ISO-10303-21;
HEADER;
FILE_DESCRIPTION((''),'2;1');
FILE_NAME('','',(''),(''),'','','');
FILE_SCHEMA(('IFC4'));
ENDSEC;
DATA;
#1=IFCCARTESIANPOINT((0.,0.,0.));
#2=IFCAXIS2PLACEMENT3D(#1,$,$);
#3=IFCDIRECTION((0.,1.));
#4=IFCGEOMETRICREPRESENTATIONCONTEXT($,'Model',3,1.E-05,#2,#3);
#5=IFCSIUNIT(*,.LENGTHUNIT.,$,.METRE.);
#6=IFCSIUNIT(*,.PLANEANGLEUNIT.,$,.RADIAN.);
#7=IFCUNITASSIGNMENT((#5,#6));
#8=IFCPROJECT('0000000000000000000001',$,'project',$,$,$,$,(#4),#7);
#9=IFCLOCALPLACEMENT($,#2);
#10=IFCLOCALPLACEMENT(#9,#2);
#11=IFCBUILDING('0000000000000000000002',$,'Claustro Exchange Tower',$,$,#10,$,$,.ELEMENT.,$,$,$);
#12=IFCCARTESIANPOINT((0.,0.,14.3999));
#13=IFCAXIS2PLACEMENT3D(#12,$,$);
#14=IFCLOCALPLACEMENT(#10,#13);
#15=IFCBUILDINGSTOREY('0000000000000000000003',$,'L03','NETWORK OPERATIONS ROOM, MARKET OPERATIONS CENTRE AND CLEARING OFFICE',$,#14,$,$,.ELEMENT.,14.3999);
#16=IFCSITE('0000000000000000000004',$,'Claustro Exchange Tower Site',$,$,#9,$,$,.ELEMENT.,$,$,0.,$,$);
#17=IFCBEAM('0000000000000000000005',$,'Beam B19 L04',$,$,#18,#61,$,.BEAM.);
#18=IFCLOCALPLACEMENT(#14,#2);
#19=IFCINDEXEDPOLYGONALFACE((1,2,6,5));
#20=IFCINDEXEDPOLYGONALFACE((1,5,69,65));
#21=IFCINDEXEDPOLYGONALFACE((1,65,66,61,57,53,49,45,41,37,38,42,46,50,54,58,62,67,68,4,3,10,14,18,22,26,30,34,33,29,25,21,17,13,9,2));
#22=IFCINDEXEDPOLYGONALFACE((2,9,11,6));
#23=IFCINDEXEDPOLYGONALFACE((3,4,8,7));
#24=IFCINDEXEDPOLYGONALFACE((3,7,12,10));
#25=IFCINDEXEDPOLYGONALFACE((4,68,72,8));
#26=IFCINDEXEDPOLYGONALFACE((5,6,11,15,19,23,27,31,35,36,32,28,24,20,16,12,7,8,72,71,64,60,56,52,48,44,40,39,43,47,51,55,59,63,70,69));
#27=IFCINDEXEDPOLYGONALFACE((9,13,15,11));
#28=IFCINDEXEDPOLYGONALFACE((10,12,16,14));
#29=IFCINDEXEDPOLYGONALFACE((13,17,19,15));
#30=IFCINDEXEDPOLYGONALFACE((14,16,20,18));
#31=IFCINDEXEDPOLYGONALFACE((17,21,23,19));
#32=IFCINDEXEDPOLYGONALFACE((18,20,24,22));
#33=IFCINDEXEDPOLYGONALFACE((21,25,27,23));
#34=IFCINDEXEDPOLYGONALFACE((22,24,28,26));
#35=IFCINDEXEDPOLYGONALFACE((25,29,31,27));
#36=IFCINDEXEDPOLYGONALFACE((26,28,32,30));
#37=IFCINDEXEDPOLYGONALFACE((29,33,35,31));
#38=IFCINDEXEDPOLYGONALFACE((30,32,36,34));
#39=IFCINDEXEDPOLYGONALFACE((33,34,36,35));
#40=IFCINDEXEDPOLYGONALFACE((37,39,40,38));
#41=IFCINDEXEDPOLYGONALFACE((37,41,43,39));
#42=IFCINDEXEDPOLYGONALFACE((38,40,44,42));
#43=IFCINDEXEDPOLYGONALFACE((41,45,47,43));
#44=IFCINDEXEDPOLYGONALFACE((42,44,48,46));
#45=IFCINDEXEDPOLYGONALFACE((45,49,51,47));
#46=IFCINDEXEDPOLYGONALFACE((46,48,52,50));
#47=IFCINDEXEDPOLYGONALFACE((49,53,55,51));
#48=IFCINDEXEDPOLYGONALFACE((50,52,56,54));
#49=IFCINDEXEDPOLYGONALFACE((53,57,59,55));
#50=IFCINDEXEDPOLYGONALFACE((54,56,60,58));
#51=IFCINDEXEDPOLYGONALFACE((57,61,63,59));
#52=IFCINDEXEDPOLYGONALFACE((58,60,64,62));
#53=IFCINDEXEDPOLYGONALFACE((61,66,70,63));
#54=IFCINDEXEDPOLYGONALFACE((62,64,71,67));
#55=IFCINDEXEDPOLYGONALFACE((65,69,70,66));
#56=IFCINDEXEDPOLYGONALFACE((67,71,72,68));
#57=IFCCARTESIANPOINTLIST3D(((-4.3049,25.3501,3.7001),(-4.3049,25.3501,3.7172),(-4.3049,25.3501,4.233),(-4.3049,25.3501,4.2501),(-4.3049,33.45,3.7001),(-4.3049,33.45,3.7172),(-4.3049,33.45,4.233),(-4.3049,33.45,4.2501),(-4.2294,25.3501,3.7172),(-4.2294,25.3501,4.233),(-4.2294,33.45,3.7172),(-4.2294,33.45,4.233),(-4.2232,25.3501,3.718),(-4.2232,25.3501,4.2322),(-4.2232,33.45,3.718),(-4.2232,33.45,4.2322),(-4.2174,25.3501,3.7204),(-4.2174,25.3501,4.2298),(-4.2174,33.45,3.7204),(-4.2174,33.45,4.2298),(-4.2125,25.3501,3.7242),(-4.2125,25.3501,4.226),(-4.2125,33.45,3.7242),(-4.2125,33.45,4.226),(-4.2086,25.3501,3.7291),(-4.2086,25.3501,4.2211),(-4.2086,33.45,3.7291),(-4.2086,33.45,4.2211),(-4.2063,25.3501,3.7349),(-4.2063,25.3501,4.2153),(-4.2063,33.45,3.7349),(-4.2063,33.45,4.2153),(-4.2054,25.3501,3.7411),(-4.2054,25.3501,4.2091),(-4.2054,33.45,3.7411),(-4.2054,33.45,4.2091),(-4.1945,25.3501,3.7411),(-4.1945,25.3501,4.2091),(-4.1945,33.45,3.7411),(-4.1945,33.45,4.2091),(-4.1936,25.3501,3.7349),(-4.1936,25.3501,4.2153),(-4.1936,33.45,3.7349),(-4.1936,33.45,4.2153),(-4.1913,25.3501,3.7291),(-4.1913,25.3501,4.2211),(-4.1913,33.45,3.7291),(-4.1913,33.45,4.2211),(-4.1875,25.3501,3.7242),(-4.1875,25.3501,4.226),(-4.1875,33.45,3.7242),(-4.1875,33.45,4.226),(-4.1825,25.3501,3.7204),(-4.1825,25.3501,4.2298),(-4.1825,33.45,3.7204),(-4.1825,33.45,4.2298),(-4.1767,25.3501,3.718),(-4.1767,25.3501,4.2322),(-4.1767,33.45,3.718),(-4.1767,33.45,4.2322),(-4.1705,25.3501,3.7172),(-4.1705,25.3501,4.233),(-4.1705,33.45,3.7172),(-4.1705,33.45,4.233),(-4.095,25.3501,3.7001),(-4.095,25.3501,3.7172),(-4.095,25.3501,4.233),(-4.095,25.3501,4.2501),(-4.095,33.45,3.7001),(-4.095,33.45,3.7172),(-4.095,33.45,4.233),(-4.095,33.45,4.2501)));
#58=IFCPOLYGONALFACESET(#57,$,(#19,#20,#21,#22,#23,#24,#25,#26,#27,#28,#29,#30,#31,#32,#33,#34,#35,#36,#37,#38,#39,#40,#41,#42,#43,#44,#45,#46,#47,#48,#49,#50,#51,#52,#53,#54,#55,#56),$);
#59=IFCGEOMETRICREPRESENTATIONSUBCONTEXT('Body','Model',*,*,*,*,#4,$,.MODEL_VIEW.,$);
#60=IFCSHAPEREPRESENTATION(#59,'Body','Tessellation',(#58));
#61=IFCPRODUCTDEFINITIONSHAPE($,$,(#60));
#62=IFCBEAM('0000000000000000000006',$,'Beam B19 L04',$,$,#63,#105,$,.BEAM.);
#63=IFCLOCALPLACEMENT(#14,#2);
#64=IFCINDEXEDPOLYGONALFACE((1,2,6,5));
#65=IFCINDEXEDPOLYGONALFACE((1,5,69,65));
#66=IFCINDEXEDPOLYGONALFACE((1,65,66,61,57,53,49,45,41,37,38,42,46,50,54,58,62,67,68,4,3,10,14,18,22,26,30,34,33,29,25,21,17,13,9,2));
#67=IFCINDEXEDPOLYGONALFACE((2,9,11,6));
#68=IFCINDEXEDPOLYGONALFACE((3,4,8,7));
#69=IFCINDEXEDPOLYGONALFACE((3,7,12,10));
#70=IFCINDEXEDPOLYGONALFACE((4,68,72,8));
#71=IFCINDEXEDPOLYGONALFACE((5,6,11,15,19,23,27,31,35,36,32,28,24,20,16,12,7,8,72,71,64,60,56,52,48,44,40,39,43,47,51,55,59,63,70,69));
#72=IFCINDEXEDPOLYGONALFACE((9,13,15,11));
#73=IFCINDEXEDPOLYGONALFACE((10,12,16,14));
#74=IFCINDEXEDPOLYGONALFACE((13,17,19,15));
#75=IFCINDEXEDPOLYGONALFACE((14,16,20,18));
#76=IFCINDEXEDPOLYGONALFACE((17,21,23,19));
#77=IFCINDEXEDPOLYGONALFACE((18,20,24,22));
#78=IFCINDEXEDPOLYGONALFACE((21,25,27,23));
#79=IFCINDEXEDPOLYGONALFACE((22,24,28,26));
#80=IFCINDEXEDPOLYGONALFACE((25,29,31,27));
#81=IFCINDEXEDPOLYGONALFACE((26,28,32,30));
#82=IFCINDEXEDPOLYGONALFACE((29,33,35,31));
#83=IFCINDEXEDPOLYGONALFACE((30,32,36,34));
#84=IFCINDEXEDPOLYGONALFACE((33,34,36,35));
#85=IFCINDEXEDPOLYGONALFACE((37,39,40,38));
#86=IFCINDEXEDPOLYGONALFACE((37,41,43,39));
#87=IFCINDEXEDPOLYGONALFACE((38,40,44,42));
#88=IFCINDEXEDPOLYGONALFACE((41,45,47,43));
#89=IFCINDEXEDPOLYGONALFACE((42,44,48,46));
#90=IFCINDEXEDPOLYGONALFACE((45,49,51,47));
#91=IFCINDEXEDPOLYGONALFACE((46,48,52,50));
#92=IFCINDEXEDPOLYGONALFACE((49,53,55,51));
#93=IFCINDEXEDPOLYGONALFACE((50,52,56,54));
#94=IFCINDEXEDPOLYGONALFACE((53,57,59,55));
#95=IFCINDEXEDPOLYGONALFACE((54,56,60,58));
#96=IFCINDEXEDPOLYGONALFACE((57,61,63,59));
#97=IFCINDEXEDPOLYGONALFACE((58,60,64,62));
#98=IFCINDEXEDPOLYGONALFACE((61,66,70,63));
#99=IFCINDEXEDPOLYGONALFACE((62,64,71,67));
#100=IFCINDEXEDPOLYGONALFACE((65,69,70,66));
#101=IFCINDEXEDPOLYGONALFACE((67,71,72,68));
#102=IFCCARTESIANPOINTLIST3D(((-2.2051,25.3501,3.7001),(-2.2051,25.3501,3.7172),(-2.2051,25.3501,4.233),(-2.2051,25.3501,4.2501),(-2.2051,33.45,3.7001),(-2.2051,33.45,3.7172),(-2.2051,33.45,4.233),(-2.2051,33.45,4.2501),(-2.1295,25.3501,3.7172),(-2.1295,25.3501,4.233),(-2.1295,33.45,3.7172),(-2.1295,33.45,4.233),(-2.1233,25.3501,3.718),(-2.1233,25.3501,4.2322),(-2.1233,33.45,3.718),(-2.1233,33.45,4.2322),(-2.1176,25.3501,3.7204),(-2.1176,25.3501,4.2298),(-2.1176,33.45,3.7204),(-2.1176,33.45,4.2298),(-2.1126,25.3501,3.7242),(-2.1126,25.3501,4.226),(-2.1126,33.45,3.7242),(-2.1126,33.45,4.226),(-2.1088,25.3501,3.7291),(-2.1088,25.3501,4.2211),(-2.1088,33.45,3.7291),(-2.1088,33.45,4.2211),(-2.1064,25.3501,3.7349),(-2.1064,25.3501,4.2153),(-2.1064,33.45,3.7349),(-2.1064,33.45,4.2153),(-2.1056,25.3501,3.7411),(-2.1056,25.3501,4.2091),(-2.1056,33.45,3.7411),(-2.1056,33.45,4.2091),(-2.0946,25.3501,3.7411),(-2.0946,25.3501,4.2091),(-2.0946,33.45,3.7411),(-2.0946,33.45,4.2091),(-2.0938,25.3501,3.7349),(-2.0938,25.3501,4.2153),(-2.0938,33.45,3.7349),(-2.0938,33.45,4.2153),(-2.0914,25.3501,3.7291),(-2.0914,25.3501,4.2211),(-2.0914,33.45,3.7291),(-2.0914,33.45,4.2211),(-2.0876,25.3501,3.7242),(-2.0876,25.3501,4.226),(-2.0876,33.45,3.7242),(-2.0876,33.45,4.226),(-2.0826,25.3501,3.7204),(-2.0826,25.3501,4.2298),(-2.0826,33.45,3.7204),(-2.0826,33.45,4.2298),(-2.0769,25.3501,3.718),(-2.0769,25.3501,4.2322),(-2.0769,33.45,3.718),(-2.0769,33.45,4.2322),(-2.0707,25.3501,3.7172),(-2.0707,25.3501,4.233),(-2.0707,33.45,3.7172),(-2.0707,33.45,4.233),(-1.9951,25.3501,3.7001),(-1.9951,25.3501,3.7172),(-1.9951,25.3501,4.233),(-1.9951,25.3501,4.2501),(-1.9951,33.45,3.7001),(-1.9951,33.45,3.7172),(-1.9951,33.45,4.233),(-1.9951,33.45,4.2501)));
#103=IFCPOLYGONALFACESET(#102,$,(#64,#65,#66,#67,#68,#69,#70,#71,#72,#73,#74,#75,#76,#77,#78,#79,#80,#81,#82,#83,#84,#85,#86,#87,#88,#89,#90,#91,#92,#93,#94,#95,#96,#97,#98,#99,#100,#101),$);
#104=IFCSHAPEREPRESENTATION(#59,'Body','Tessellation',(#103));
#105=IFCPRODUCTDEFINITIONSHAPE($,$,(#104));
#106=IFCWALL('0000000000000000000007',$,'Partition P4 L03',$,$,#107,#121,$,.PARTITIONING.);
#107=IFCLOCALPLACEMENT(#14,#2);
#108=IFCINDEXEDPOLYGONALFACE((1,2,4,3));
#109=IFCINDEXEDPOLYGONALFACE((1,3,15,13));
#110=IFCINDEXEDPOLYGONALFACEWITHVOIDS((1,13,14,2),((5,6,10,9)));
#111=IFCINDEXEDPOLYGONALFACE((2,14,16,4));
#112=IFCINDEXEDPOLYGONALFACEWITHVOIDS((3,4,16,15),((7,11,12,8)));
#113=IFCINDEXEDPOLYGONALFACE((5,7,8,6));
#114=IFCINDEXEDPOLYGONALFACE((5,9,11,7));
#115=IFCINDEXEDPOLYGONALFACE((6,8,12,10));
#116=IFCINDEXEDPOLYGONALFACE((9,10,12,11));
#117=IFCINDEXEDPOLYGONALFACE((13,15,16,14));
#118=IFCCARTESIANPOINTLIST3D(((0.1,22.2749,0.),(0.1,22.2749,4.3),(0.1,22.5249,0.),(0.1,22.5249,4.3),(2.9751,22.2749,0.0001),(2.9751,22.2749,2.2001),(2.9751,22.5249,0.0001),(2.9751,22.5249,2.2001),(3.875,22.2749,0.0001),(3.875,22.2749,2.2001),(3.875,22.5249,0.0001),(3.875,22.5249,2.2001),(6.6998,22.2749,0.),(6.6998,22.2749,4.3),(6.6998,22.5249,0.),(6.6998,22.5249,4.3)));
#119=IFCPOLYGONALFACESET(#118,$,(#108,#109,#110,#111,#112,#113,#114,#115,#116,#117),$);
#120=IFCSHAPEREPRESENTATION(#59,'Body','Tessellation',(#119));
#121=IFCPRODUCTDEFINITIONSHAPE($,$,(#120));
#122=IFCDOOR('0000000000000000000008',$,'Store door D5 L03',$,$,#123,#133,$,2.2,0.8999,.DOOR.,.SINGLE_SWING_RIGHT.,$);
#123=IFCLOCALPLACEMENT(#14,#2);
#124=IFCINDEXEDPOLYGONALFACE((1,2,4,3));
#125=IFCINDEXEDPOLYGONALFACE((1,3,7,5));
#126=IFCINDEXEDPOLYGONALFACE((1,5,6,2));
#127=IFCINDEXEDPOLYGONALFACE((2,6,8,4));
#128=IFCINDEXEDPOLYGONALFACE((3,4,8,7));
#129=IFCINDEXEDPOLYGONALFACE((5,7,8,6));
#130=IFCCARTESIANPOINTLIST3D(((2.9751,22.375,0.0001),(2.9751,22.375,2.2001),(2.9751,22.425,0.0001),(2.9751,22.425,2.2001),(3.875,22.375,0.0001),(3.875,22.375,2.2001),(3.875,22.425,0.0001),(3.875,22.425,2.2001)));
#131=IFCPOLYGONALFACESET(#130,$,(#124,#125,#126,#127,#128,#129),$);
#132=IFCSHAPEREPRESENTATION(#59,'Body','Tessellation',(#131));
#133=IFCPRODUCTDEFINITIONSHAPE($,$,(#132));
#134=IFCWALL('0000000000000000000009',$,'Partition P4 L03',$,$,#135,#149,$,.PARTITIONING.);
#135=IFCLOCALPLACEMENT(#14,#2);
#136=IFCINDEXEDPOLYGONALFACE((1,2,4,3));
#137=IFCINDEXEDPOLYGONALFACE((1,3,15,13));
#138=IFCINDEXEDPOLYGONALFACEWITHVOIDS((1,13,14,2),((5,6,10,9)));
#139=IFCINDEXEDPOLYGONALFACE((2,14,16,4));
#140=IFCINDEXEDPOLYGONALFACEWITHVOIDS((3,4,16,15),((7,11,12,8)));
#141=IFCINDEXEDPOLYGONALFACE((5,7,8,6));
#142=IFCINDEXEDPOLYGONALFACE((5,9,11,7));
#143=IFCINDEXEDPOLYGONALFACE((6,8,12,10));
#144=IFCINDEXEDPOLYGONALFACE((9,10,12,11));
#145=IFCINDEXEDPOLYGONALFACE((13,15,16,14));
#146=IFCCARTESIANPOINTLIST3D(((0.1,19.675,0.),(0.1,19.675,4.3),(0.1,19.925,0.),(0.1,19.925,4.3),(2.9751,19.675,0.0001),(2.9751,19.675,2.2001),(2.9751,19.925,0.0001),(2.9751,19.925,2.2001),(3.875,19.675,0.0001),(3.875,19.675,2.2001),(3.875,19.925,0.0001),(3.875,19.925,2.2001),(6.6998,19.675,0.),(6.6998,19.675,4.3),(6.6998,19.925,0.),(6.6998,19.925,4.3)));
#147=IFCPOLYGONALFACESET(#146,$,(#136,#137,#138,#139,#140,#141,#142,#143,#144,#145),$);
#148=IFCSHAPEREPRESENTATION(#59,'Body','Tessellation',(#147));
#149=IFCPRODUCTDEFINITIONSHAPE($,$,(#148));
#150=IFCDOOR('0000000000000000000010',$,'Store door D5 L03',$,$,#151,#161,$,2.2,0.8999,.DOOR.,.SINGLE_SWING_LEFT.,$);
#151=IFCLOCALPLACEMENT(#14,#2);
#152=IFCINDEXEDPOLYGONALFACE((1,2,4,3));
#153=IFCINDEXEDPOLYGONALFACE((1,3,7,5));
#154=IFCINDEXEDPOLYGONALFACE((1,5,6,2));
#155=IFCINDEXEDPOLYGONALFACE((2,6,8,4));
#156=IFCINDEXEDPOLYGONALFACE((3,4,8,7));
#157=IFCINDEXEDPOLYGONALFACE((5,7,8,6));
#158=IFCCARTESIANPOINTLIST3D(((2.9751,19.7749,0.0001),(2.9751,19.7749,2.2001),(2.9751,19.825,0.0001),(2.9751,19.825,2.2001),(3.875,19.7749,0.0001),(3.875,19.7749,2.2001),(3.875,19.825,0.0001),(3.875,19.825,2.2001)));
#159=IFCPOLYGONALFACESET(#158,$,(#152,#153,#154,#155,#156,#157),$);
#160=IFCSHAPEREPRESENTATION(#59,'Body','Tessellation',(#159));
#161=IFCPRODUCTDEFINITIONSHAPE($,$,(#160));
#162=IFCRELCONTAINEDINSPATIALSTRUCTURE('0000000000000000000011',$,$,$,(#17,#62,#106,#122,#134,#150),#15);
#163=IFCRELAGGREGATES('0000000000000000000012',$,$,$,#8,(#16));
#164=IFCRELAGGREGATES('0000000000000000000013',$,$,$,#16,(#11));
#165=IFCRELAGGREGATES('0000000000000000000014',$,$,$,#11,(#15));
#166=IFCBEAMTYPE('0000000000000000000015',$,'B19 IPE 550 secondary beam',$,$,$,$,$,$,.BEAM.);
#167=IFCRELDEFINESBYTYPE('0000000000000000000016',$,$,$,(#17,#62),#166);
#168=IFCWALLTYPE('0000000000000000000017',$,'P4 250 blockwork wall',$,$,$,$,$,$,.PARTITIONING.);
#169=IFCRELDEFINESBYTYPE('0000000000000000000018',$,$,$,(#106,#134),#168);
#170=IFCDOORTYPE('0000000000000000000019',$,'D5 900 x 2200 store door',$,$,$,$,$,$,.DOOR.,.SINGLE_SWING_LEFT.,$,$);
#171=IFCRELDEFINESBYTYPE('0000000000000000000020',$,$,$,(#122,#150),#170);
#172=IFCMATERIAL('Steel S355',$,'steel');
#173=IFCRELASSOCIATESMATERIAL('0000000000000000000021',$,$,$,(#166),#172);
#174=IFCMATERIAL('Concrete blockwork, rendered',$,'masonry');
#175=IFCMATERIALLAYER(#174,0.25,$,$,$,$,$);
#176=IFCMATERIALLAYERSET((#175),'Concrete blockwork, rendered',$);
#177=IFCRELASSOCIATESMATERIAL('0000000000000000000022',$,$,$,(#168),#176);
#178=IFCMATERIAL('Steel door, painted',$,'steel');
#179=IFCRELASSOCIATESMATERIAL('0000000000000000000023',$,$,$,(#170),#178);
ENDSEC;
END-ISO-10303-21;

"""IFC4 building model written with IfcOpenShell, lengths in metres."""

from ifc_helpers import new_model, si_unit, direction, frame, frame_2d, origin, origin_2d, place, context, subcontext, project, spatial, rectangle, i_section, extrude, material, layer, layer_set, material_profile, profile_set, type_object, element, fill, save


model = new_model("IFC4")

# Units and contexts
model_context = context("Model", 3, precision=1e-05, world=origin(), true_north=direction((0.0, 1.0)))
body_context = subcontext(model_context, "Body", "Model", "MODEL_VIEW")
ifc_project = project(units=[si_unit("LENGTHUNIT", "METRE"), si_unit("PLANEANGLEUNIT", "RADIAN")], contexts=[model_context])

# Site, building, storey
site_placement = place(None, origin())
site = spatial("IfcSite", under=ifc_project, at=site_placement, Name="Claustro Exchange Tower Site", CompositionType="ELEMENT", RefElevation=0.0)
building_placement = place(site_placement, origin())
building = spatial("IfcBuilding", under=site, at=building_placement, Name="Claustro Exchange Tower", CompositionType="ELEMENT")
storey_placement = place(building_placement, frame((0.0, 0.0, 14.3999)))
storey = spatial("IfcBuildingStorey", under=building, at=storey_placement, Name="L03", Description="NETWORK OPERATIONS ROOM, MARKET OPERATIONS CENTRE AND CLEARING OFFICE", CompositionType="ELEMENT", Elevation=14.3999)

# Beams
ifc_material_1 = material(Name="Steel S355", Category="steel")
ifc_material_profile_1 = material_profile(ifc_material_1, i_section(OverallWidth=0.21, OverallDepth=0.55, WebThickness=0.011, FlangeThickness=0.0171, FilletRadius=0.0239, at=origin_2d()), Name="IPE 550")
ifc_profile_set_1 = profile_set([ifc_material_profile_1], Name="Steel S355")
beam_type_1 = type_object("IfcBeamType", Name="B19 IPE 550 secondary beam", PredefinedType="BEAM", material=ifc_profile_set_1)
for number, where, z_axis, x_axis, name in (
    (1, (-4.2, 25.3501, 3.9751), (0.0, 1.0, 0.0), (-1.0, 0.0, 0.0), "Beam B19 L04"),
    (2, (-2.1001, 25.3501, 3.9751), (0.0, 1.0, 0.0), (-1.0, 0.0, 0.0), "Beam B19 L04"),
):
    element("IfcBeam", number, at=place(storey_placement, frame(where, z_axis=z_axis, x_axis=x_axis)), inside=storey, type_object=beam_type_1, Name=name, PredefinedType="BEAM", context=body_context, shape_type="SweptSolid", body=[
        extrude(i_section(OverallWidth=0.21, OverallDepth=0.55, WebThickness=0.011, FlangeThickness=0.0171, FilletRadius=0.0239, at=origin_2d()), origin(), (0.0, 0.0, 1.0), 8.0999),
    ])

# Walls, openings, doors
ifc_material_2 = material(Name="Concrete blockwork, rendered", Category="masonry")
ifc_layer_1 = layer(ifc_material_2, 0.25)
ifc_layer_set_1 = layer_set([ifc_layer_1], Name="Concrete blockwork, rendered")
wall_type_1 = type_object("IfcWallType", Name="P4 250 blockwork wall", PredefinedType="PARTITIONING", material=ifc_layer_set_1)
wall_1_placement = place(storey_placement, frame((0.1001, 22.3999, 0.0), z_axis=(0.0, 0.0, 1.0), x_axis=(1.0, 0.0, 0.0)))
wall_1 = element("IfcWall", 3, at=wall_1_placement, inside=storey, type_object=wall_type_1, Name="Partition P4 L03", PredefinedType="PARTITIONING", context=body_context, shape_type="SweptSolid", body=[
    extrude(rectangle(XDim=6.5999, YDim=0.25, at=frame_2d((3.2998, 0.0))), origin(), (0.0, 0.0, 1.0), 4.3),
])
opening_1_placement = place(wall_1_placement, frame((2.875, 0.0, 0.0)))
opening_1 = element("IfcOpeningElement", 4, at=opening_1_placement, cuts=wall_1, PredefinedType="OPENING", context=body_context, shape_type="SweptSolid", body=[
    extrude(rectangle(XDim=0.8999, YDim=2.2, at=frame_2d((0.45, 1.1001))), frame((0.0, 0.135, 0.0), z_axis=(0.0, -1.0, 0.0), x_axis=(1.0, 0.0, 0.0)), (0.0, 0.0, 1.0), 0.27),
])
ifc_material_3 = material(Name="Steel door, painted", Category="steel")
door_type = type_object("IfcDoorType", Name="D5 900 x 2200 store door", OperationType="SINGLE_SWING_LEFT", PredefinedType="DOOR", material=ifc_material_3)
door_1_placement = place(opening_1_placement, frame((0.8999, 0.0, 0.0), z_axis=(0.0, 0.0, 1.0), x_axis=(-1.0, 0.0, 0.0)))
door_1 = element("IfcDoor", 5, at=door_1_placement, inside=storey, type_object=door_type, Name="Store door D5 L03", OperationType="SINGLE_SWING_RIGHT", OverallHeight=2.2, OverallWidth=0.8999, PredefinedType="DOOR", context=body_context, shape_type="SweptSolid", body=[
    extrude(rectangle(XDim=0.8999, YDim=2.2, at=frame_2d((0.45, 1.1001))), frame((0.0, 0.0249, 0.0), z_axis=(0.0, -1.0, 0.0), x_axis=(1.0, 0.0, 0.0)), (0.0, 0.0, 1.0), 0.05),
])
fill(opening_1, door_1)
wall_2_placement = place(storey_placement, frame((0.1001, 19.8, 0.0), z_axis=(0.0, 0.0, 1.0), x_axis=(1.0, 0.0, 0.0)))
wall_2 = element("IfcWall", 6, at=wall_2_placement, inside=storey, type_object=wall_type_1, Name="Partition P4 L03", PredefinedType="PARTITIONING", context=body_context, shape_type="SweptSolid", body=[
    extrude(rectangle(XDim=6.5999, YDim=0.25, at=frame_2d((3.2998, 0.0))), origin(), (0.0, 0.0, 1.0), 4.3),
])
opening_2_placement = place(wall_2_placement, frame((2.875, 0.0, 0.0)))
opening_2 = element("IfcOpeningElement", 7, at=opening_2_placement, cuts=wall_2, PredefinedType="OPENING", context=body_context, shape_type="SweptSolid", body=[
    extrude(rectangle(XDim=0.8999, YDim=2.2, at=frame_2d((0.45, 1.1001))), frame((0.0, 0.135, 0.0), z_axis=(0.0, -1.0, 0.0), x_axis=(1.0, 0.0, 0.0)), (0.0, 0.0, 1.0), 0.27),
])
door_2_placement = place(opening_2_placement, origin())
door_2 = element("IfcDoor", 8, at=door_2_placement, inside=storey, type_object=door_type, Name="Store door D5 L03", OperationType="SINGLE_SWING_LEFT", OverallHeight=2.2, OverallWidth=0.8999, PredefinedType="DOOR", context=body_context, shape_type="SweptSolid", body=[
    extrude(rectangle(XDim=0.8999, YDim=2.2, at=frame_2d((0.45, 1.1001))), frame((0.0, 0.0249, 0.0), z_axis=(0.0, -1.0, 0.0), x_axis=(1.0, 0.0, 0.0)), (0.0, 0.0, 1.0), 0.05),
])
fill(opening_2, door_2)

save(model, "model.ifc")
